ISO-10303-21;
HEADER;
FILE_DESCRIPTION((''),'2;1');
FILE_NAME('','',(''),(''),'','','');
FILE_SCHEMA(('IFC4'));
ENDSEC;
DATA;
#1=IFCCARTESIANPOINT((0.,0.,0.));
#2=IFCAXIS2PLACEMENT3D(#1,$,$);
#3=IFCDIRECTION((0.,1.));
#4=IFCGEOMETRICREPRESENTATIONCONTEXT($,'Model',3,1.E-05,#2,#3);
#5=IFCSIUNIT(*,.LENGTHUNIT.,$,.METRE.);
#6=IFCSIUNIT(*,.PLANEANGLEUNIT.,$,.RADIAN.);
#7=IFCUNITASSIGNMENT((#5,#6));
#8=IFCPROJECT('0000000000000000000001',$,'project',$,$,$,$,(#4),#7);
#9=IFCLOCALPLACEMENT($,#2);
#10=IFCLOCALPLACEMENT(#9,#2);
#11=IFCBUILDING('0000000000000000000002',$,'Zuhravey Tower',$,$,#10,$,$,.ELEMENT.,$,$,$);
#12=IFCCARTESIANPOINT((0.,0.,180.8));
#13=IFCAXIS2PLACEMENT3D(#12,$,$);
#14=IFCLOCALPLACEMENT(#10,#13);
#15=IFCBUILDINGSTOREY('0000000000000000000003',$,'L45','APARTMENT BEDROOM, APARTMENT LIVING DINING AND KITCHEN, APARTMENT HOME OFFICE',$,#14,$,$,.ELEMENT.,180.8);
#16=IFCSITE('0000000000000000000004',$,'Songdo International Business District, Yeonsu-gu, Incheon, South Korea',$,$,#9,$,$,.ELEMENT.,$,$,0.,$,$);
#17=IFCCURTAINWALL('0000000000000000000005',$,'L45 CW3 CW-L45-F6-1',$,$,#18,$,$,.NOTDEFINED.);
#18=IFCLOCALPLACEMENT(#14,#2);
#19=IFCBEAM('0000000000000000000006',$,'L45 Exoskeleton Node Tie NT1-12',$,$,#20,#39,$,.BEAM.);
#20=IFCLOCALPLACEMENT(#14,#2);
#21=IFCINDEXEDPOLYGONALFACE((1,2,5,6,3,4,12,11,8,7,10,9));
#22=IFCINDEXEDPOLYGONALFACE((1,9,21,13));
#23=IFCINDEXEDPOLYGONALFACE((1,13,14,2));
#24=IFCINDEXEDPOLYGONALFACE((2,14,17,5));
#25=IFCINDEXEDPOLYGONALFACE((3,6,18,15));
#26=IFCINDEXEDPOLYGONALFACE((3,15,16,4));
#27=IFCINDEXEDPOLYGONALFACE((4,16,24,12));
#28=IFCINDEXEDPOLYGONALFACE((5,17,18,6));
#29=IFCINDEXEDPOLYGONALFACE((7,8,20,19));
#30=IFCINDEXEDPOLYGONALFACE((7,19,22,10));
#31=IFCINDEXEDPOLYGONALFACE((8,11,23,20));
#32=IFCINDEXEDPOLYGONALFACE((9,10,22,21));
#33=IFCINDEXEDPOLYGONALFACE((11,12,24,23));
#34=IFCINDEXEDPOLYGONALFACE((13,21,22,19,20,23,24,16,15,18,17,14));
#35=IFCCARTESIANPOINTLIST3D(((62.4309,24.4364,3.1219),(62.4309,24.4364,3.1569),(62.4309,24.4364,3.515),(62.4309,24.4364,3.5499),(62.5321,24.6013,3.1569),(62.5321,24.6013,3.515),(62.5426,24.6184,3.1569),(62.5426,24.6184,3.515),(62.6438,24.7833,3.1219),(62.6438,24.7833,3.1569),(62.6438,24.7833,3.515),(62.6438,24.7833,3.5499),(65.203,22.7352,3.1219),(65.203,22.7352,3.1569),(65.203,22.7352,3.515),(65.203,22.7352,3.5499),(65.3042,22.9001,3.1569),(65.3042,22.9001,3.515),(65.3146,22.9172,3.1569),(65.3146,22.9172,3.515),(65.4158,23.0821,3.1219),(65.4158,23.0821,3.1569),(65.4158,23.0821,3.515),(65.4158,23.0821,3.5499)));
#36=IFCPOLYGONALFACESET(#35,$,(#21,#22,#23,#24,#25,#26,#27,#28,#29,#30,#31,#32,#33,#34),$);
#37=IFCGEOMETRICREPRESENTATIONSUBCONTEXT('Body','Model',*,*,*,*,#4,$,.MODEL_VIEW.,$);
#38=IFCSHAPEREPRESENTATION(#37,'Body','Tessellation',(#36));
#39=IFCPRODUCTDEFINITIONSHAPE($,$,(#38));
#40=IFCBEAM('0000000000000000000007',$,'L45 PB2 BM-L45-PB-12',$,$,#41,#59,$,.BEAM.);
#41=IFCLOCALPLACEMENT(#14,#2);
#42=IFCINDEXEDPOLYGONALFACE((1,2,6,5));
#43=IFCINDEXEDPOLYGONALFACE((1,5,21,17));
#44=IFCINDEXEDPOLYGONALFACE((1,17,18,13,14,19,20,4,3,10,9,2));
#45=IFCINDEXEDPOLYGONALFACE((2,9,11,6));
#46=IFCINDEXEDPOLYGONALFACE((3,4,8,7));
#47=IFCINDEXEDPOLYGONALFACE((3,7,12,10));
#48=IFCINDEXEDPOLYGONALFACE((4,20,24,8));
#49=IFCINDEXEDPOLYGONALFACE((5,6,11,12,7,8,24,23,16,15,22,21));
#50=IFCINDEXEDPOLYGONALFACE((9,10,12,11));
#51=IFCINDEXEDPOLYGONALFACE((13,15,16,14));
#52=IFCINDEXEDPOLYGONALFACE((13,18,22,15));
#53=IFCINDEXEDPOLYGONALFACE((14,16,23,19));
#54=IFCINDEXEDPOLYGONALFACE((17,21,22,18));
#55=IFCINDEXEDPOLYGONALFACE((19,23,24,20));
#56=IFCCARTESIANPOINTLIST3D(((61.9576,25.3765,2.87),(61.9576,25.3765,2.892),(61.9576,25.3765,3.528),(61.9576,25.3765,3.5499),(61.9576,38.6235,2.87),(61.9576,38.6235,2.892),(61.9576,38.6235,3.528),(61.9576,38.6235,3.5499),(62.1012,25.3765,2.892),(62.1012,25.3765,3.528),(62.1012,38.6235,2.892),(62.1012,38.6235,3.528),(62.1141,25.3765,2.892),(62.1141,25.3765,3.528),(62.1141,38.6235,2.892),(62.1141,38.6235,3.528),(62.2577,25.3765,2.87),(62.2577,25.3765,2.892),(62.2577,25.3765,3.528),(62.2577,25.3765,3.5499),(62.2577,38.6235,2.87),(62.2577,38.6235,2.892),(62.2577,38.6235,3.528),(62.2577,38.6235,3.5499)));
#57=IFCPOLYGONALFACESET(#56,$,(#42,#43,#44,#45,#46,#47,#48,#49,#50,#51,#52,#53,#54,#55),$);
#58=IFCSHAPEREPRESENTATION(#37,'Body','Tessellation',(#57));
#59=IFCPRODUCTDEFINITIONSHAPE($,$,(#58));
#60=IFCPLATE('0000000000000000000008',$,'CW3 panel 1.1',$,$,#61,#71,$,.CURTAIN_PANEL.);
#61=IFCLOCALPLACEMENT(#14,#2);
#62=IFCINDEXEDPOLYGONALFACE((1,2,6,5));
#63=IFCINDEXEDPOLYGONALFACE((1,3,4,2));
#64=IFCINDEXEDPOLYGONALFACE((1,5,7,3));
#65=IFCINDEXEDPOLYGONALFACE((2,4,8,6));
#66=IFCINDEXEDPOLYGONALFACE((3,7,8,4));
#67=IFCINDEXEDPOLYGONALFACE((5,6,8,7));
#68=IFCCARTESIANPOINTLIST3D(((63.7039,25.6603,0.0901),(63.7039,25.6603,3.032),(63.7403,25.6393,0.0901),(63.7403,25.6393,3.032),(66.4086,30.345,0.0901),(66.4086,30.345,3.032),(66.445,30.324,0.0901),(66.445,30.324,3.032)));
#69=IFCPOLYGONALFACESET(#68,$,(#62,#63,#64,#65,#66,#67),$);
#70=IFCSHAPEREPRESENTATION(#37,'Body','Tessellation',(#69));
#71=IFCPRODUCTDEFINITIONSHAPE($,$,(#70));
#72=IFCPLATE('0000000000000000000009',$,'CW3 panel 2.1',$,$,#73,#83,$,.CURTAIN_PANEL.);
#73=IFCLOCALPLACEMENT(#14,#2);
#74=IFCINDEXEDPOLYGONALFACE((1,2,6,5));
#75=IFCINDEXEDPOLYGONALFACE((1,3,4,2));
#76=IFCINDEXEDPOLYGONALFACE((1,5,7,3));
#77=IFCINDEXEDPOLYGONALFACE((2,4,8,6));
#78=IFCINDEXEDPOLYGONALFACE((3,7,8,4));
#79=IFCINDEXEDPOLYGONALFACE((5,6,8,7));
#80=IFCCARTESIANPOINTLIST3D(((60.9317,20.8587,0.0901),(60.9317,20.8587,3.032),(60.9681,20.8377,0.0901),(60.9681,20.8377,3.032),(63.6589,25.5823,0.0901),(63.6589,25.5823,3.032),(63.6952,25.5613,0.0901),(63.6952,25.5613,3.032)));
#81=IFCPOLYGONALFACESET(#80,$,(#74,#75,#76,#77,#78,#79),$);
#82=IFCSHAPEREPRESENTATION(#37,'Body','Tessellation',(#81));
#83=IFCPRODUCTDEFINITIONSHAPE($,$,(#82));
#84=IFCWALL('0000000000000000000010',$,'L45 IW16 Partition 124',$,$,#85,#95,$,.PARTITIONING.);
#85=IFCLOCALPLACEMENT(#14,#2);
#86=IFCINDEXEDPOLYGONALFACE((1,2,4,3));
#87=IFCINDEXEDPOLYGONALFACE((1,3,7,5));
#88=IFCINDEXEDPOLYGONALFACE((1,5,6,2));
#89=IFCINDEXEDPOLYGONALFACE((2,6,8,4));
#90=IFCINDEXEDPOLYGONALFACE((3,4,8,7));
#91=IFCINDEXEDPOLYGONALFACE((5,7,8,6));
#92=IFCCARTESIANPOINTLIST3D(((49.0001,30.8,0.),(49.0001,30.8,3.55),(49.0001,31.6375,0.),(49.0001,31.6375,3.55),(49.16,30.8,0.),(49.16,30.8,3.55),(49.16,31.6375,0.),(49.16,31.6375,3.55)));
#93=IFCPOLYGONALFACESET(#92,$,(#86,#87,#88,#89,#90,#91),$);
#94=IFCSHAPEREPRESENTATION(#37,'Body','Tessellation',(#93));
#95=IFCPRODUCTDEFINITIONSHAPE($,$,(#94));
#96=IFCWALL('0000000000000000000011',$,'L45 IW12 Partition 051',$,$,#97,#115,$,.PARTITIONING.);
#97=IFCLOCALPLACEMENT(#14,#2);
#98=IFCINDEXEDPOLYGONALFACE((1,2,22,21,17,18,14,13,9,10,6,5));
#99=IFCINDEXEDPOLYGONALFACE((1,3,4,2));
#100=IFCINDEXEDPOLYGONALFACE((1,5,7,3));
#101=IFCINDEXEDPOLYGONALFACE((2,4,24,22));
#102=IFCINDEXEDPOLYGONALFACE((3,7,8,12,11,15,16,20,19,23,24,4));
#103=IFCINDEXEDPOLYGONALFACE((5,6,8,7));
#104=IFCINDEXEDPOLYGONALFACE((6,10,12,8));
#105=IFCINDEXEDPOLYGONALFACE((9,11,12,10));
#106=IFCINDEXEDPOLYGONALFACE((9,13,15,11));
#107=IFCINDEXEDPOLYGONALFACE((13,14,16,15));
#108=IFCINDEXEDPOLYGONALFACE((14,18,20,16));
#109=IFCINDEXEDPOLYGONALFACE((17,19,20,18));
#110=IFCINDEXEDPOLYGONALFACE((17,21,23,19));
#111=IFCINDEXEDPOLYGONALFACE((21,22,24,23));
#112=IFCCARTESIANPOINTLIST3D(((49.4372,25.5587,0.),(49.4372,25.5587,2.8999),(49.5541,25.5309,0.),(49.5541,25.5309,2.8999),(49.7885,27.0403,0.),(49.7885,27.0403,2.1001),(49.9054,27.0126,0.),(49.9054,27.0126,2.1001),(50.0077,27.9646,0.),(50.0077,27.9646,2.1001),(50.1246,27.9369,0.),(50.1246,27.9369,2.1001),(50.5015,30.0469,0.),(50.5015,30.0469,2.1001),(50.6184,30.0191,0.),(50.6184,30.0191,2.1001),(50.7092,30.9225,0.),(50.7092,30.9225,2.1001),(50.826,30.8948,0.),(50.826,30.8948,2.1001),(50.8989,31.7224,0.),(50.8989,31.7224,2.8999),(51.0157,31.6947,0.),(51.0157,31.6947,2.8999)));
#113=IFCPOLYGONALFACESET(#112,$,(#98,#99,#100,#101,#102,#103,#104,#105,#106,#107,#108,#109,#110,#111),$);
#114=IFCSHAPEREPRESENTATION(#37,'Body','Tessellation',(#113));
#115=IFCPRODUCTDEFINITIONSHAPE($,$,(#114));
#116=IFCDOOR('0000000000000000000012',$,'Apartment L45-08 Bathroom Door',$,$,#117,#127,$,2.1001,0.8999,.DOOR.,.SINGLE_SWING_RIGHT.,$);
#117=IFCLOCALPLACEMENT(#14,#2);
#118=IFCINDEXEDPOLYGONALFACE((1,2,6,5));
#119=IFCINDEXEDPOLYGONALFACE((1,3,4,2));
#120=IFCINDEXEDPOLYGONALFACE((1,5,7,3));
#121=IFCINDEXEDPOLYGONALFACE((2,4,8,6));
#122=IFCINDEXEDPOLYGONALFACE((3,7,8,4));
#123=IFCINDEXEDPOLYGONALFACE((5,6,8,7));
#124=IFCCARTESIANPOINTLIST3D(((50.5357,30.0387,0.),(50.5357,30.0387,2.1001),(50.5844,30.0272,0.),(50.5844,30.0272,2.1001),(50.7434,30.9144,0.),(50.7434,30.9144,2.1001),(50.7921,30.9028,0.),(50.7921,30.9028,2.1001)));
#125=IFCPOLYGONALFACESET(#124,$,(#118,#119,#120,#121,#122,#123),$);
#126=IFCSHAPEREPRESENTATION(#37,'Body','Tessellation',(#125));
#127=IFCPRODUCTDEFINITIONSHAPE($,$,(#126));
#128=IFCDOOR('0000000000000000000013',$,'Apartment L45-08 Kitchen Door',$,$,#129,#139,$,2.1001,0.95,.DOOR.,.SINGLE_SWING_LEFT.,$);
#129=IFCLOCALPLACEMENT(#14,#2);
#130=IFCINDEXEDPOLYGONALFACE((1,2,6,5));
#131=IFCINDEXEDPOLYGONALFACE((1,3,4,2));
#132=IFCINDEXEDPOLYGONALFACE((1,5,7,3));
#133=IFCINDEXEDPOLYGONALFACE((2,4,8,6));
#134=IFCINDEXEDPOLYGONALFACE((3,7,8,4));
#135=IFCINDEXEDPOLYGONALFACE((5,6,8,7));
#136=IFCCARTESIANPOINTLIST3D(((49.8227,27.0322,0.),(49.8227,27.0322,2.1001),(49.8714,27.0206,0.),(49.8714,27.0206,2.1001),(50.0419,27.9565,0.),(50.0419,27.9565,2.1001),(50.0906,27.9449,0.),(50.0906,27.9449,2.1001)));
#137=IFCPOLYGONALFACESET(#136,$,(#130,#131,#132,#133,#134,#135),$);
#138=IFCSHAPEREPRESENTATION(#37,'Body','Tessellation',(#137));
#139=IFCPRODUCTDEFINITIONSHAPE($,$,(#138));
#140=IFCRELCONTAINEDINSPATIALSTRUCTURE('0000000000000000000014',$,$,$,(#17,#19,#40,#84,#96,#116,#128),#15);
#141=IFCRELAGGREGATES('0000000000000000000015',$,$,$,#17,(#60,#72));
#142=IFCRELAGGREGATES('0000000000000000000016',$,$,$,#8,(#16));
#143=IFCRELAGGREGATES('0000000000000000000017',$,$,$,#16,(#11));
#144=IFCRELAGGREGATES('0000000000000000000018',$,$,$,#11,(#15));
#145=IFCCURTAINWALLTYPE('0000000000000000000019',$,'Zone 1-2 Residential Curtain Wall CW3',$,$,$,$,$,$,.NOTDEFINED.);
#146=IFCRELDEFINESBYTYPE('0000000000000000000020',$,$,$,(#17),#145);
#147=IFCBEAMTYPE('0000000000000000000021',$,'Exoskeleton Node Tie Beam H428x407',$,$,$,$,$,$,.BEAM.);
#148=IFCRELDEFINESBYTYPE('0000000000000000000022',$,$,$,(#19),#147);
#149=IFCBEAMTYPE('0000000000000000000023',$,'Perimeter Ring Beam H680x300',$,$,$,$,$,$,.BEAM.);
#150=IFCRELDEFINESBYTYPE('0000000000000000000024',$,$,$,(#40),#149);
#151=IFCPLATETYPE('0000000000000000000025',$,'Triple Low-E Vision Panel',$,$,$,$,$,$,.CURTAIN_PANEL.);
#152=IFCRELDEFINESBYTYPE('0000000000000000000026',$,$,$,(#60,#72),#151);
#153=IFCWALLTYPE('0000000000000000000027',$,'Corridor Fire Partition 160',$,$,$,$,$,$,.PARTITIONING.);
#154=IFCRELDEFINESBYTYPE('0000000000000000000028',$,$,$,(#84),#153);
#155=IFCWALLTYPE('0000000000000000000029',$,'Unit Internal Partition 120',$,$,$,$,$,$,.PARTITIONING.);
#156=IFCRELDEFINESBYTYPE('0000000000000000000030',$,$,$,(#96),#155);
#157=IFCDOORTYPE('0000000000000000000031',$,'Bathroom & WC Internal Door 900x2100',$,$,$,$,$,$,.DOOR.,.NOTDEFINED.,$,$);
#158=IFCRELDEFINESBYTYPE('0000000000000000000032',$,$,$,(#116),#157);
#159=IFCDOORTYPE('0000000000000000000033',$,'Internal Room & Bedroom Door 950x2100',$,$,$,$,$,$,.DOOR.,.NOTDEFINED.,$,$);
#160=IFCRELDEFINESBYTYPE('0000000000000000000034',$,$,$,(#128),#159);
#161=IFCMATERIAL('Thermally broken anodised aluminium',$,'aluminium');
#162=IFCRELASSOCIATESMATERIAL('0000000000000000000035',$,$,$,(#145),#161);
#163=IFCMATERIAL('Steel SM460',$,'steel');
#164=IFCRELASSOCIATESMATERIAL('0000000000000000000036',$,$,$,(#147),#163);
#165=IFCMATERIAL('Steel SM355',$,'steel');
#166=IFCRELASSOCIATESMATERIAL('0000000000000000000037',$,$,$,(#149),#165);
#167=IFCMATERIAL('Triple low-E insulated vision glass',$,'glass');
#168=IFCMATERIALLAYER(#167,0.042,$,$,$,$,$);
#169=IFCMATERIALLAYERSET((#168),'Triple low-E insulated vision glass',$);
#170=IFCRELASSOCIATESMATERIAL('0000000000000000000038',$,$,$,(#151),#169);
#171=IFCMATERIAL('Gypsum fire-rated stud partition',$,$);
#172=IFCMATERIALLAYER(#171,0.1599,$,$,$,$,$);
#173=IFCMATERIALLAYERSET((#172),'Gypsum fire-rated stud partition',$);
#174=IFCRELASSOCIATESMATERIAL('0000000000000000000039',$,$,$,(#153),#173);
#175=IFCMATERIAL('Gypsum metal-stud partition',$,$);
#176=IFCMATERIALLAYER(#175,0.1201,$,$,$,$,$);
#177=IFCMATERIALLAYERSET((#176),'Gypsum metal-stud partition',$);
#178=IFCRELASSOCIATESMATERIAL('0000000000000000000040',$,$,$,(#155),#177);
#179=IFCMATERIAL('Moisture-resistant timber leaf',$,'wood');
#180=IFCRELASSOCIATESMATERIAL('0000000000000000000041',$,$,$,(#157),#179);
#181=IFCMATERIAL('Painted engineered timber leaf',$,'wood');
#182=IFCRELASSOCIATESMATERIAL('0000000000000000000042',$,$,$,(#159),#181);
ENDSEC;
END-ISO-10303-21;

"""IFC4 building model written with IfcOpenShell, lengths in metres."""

from ifc_helpers import new_model, si_unit, direction, frame, frame_2d, origin, origin_2d, place, context, subcontext, project, spatial, rectangle, i_section, extrude, material, layer, layer_set, material_profile, profile_set, type_object, element, fill, aggregate, save


model = new_model("IFC4")

# Units and contexts
model_context = context("Model", 3, precision=1e-05, world=origin(), true_north=direction((0.0, 1.0)))
body_context = subcontext(model_context, "Body", "Model", "MODEL_VIEW")
ifc_project = project(units=[si_unit("LENGTHUNIT", "METRE"), si_unit("PLANEANGLEUNIT", "RADIAN")], contexts=[model_context])

# Site, building, storey
site_placement = place(None, origin())
site = spatial("IfcSite", under=ifc_project, at=site_placement, Name="Songdo International Business District, Yeonsu-gu, Incheon, South Korea", CompositionType="ELEMENT", RefElevation=0.0)
building_placement = place(site_placement, origin())
building = spatial("IfcBuilding", under=site, at=building_placement, Name="Zuhravey Tower", CompositionType="ELEMENT")
storey_placement = place(building_placement, frame((0.0, 0.0, 180.8)))
storey = spatial("IfcBuildingStorey", under=building, at=storey_placement, Name="L45", Description="APARTMENT BEDROOM, APARTMENT LIVING DINING AND KITCHEN, APARTMENT HOME OFFICE", CompositionType="ELEMENT", Elevation=180.8)

# Curtain wall
ifc_material_1 = material(Name="Thermally broken anodised aluminium", Category="aluminium")
curtain_wall_type = type_object("IfcCurtainWallType", Name="Zone 1-2 Residential Curtain Wall CW3", PredefinedType="NOTDEFINED", material=ifc_material_1)
curtain_wall_placement = place(storey_placement, origin())
curtain_wall = element("IfcCurtainWall", 1, at=curtain_wall_placement, inside=storey, type_object=curtain_wall_type, Name="L45 CW3 CW-L45-F6-1", PredefinedType="NOTDEFINED")

# Beams
ifc_material_2 = material(Name="Steel SM460", Category="steel")
ifc_material_profile_1 = material_profile(ifc_material_2, i_section(OverallWidth=0.407, OverallDepth=0.428, WebThickness=0.02, FlangeThickness=0.0349, at=origin_2d()), Name="H-428x407x20x35")
ifc_profile_set_1 = profile_set([ifc_material_profile_1], Name="Steel SM460")
beam_type_1 = type_object("IfcBeamType", Name="Exoskeleton Node Tie Beam H428x407", PredefinedType="BEAM", material=ifc_profile_set_1)
beam_1_placement = place(storey_placement, frame((62.5374, 24.6099, 3.3359), z_axis=(0.852297, -0.523058, 0.0), x_axis=(0.523058, 0.852297, 0.0)))
element("IfcBeam", 2, at=beam_1_placement, inside=storey, type_object=beam_type_1, Name="L45 Exoskeleton Node Tie NT1-12", PredefinedType="BEAM", context=body_context, shape_type="SweptSolid", body=[
    extrude(i_section(OverallWidth=0.407, OverallDepth=0.428, WebThickness=0.02, FlangeThickness=0.0349, at=origin_2d()), origin(), (0.0, 0.0, 1.0), 3.2524),
])
ifc_material_3 = material(Name="Steel SM355", Category="steel")
ifc_material_profile_2 = material_profile(ifc_material_3, i_section(OverallWidth=0.3, OverallDepth=0.6799, WebThickness=0.0129, FlangeThickness=0.022, at=origin_2d()), Name="H-680x300x13x22")
ifc_profile_set_2 = profile_set([ifc_material_profile_2], Name="Steel SM355")
beam_type_2 = type_object("IfcBeamType", Name="Perimeter Ring Beam H680x300", PredefinedType="BEAM", material=ifc_profile_set_2)
beam_2_placement = place(storey_placement, frame((62.1077, 25.3765, 3.21), z_axis=(0.0, 1.0, 0.0), x_axis=(-1.0, 0.0, 0.0)))
element("IfcBeam", 3, at=beam_2_placement, inside=storey, type_object=beam_type_2, Name="L45 PB2 BM-L45-PB-12", PredefinedType="BEAM", context=body_context, shape_type="SweptSolid", body=[
    extrude(i_section(OverallWidth=0.3, OverallDepth=0.6799, WebThickness=0.0129, FlangeThickness=0.022, at=origin_2d()), origin(), (0.0, 0.0, 1.0), 13.2471),
])

# Plates
ifc_material_4 = material(Name="Triple low-E insulated vision glass", Category="glass")
ifc_layer_1 = layer(ifc_material_4, 0.042)
ifc_layer_set_1 = layer_set([ifc_layer_1], Name="Triple low-E insulated vision glass")
plate_type = type_object("IfcPlateType", Name="Triple Low-E Vision Panel", PredefinedType="CURTAIN_PANEL", material=ifc_layer_set_1)
plate_1_placement = place(storey_placement, frame((65.0745, 27.9922, 0.0901), z_axis=(0.0, 0.0, 1.0), x_axis=(-0.5, -0.866025, 0.0)))
plate_1 = element("IfcPlate", 4, at=plate_1_placement, type_object=plate_type, Name="CW3 panel 1.1", PredefinedType="CURTAIN_PANEL", context=body_context, shape_type="SweptSolid", body=[
    extrude(rectangle(XDim=5.4094, YDim=0.042, at=origin_2d()), origin(), (0.0, 0.0, 1.0), 2.9419),
])
plate_2_placement = place(storey_placement, frame((62.3135, 23.21, 0.0901), z_axis=(0.0, 0.0, 1.0), x_axis=(-0.5, -0.866025, 0.0)))
plate_2 = element("IfcPlate", 5, at=plate_2_placement, type_object=plate_type, Name="CW3 panel 2.1", PredefinedType="CURTAIN_PANEL", context=body_context, shape_type="SweptSolid", body=[
    extrude(rectangle(XDim=5.4543, YDim=0.042, at=origin_2d()), origin(), (0.0, 0.0, 1.0), 2.9419),
])
aggregate(curtain_wall, [plate_1, plate_2])

# Shared definitions
ifc_material_5 = material(Name="Gypsum fire-rated stud partition")
ifc_layer_2 = layer(ifc_material_5, 0.1599)
ifc_layer_set_2 = layer_set([ifc_layer_2], Name="Gypsum fire-rated stud partition")
wall_type_1 = type_object("IfcWallType", Name="Corridor Fire Partition 160", PredefinedType="PARTITIONING", material=ifc_layer_set_2)

# Wall
wall_1_placement = place(storey_placement, frame((49.0801, 30.8, 0.0), z_axis=(0.0, 0.0, 1.0), x_axis=(0.0, 1.0, 0.0)))
element("IfcWall", 6, at=wall_1_placement, inside=storey, type_object=wall_type_1, Name="L45 IW16 Partition 124", PredefinedType="PARTITIONING", context=body_context, shape_type="SweptSolid", body=[
    extrude(rectangle(XDim=0.8374, YDim=0.1599, at=frame_2d((0.4187, 0.0))), origin(), (0.0, 0.0, 1.0), 3.55),
])

# Wall, openings, doors
ifc_material_6 = material(Name="Gypsum metal-stud partition")
ifc_layer_3 = layer(ifc_material_6, 0.1201)
ifc_layer_set_3 = layer_set([ifc_layer_3], Name="Gypsum metal-stud partition")
wall_type_2 = type_object("IfcWallType", Name="Unit Internal Partition 120", PredefinedType="PARTITIONING", material=ifc_layer_set_3)
wall_2_placement = place(storey_placement, frame((49.4956, 25.5447, 0.0), z_axis=(0.0, 0.0, 1.0), x_axis=(0.230738, 0.973016, 0.0)))
wall_2 = element("IfcWall", 7, at=wall_2_placement, inside=storey, type_object=wall_type_2, Name="L45 IW12 Partition 051", PredefinedType="PARTITIONING", context=body_context, shape_type="SweptSolid", body=[
    extrude(rectangle(XDim=6.3347, YDim=0.1201, at=frame_2d((3.1675, 0.0))), origin(), (0.0, 0.0, 1.0), 2.8999),
])
opening_1_placement = place(wall_2_placement, frame((1.5227, 0.0, 0.0)))
opening_1 = element("IfcOpeningElement", 8, at=opening_1_placement, cuts=wall_2, PredefinedType="OPENING", context=body_context, shape_type="SweptSolid", body=[
    extrude(rectangle(XDim=0.95, YDim=2.1001, at=frame_2d((0.4751, 1.05))), frame((0.0, 0.072, 0.0), z_axis=(0.0, -1.0, 0.0), x_axis=(1.0, 0.0, 0.0)), (0.0, 0.0, 1.0), 0.144),
])
opening_2_placement = place(wall_2_placement, frame((4.6128, 0.0, 0.0)))
opening_2 = element("IfcOpeningElement", 9, at=opening_2_placement, cuts=wall_2, PredefinedType="OPENING", context=body_context, shape_type="SweptSolid", body=[
    extrude(rectangle(XDim=0.8999, YDim=2.1001, at=frame_2d((0.45, 1.05))), frame((0.0, 0.072, 0.0), z_axis=(0.0, -1.0, 0.0), x_axis=(1.0, 0.0, 0.0)), (0.0, 0.0, 1.0), 0.144),
])
ifc_material_7 = material(Name="Moisture-resistant timber leaf", Category="wood")
door_type_1 = type_object("IfcDoorType", Name="Bathroom & WC Internal Door 900x2100", OperationType="NOTDEFINED", PredefinedType="DOOR", material=ifc_material_7)
door_1_placement = place(opening_2_placement, origin())
door_1 = element("IfcDoor", 10, at=door_1_placement, inside=storey, type_object=door_type_1, Name="Apartment L45-08 Bathroom Door", OperationType="SINGLE_SWING_RIGHT", OverallHeight=2.1001, OverallWidth=0.8999, PredefinedType="DOOR", context=body_context, shape_type="SweptSolid", body=[
    extrude(rectangle(XDim=0.8999, YDim=2.1001, at=frame_2d((0.45, 1.05))), frame((0.0, 0.0249, 0.0), z_axis=(0.0, -1.0, 0.0), x_axis=(1.0, 0.0, 0.0)), (0.0, 0.0, 1.0), 0.05),
])
fill(opening_2, door_1)
ifc_material_8 = material(Name="Painted engineered timber leaf", Category="wood")
door_type_2 = type_object("IfcDoorType", Name="Internal Room & Bedroom Door 950x2100", OperationType="NOTDEFINED", PredefinedType="DOOR", material=ifc_material_8)
door_2_placement = place(opening_1_placement, origin())
door_2 = element("IfcDoor", 11, at=door_2_placement, inside=storey, type_object=door_type_2, Name="Apartment L45-08 Kitchen Door", OperationType="SINGLE_SWING_LEFT", OverallHeight=2.1001, OverallWidth=0.95, PredefinedType="DOOR", context=body_context, shape_type="SweptSolid", body=[
    extrude(rectangle(XDim=0.95, YDim=2.1001, at=frame_2d((0.4751, 1.05))), frame((0.0, 0.0249, 0.0), z_axis=(0.0, -1.0, 0.0), x_axis=(1.0, 0.0, 0.0)), (0.0, 0.0, 1.0), 0.05),
])
fill(opening_1, door_2)

save(model, "model.ifc")
